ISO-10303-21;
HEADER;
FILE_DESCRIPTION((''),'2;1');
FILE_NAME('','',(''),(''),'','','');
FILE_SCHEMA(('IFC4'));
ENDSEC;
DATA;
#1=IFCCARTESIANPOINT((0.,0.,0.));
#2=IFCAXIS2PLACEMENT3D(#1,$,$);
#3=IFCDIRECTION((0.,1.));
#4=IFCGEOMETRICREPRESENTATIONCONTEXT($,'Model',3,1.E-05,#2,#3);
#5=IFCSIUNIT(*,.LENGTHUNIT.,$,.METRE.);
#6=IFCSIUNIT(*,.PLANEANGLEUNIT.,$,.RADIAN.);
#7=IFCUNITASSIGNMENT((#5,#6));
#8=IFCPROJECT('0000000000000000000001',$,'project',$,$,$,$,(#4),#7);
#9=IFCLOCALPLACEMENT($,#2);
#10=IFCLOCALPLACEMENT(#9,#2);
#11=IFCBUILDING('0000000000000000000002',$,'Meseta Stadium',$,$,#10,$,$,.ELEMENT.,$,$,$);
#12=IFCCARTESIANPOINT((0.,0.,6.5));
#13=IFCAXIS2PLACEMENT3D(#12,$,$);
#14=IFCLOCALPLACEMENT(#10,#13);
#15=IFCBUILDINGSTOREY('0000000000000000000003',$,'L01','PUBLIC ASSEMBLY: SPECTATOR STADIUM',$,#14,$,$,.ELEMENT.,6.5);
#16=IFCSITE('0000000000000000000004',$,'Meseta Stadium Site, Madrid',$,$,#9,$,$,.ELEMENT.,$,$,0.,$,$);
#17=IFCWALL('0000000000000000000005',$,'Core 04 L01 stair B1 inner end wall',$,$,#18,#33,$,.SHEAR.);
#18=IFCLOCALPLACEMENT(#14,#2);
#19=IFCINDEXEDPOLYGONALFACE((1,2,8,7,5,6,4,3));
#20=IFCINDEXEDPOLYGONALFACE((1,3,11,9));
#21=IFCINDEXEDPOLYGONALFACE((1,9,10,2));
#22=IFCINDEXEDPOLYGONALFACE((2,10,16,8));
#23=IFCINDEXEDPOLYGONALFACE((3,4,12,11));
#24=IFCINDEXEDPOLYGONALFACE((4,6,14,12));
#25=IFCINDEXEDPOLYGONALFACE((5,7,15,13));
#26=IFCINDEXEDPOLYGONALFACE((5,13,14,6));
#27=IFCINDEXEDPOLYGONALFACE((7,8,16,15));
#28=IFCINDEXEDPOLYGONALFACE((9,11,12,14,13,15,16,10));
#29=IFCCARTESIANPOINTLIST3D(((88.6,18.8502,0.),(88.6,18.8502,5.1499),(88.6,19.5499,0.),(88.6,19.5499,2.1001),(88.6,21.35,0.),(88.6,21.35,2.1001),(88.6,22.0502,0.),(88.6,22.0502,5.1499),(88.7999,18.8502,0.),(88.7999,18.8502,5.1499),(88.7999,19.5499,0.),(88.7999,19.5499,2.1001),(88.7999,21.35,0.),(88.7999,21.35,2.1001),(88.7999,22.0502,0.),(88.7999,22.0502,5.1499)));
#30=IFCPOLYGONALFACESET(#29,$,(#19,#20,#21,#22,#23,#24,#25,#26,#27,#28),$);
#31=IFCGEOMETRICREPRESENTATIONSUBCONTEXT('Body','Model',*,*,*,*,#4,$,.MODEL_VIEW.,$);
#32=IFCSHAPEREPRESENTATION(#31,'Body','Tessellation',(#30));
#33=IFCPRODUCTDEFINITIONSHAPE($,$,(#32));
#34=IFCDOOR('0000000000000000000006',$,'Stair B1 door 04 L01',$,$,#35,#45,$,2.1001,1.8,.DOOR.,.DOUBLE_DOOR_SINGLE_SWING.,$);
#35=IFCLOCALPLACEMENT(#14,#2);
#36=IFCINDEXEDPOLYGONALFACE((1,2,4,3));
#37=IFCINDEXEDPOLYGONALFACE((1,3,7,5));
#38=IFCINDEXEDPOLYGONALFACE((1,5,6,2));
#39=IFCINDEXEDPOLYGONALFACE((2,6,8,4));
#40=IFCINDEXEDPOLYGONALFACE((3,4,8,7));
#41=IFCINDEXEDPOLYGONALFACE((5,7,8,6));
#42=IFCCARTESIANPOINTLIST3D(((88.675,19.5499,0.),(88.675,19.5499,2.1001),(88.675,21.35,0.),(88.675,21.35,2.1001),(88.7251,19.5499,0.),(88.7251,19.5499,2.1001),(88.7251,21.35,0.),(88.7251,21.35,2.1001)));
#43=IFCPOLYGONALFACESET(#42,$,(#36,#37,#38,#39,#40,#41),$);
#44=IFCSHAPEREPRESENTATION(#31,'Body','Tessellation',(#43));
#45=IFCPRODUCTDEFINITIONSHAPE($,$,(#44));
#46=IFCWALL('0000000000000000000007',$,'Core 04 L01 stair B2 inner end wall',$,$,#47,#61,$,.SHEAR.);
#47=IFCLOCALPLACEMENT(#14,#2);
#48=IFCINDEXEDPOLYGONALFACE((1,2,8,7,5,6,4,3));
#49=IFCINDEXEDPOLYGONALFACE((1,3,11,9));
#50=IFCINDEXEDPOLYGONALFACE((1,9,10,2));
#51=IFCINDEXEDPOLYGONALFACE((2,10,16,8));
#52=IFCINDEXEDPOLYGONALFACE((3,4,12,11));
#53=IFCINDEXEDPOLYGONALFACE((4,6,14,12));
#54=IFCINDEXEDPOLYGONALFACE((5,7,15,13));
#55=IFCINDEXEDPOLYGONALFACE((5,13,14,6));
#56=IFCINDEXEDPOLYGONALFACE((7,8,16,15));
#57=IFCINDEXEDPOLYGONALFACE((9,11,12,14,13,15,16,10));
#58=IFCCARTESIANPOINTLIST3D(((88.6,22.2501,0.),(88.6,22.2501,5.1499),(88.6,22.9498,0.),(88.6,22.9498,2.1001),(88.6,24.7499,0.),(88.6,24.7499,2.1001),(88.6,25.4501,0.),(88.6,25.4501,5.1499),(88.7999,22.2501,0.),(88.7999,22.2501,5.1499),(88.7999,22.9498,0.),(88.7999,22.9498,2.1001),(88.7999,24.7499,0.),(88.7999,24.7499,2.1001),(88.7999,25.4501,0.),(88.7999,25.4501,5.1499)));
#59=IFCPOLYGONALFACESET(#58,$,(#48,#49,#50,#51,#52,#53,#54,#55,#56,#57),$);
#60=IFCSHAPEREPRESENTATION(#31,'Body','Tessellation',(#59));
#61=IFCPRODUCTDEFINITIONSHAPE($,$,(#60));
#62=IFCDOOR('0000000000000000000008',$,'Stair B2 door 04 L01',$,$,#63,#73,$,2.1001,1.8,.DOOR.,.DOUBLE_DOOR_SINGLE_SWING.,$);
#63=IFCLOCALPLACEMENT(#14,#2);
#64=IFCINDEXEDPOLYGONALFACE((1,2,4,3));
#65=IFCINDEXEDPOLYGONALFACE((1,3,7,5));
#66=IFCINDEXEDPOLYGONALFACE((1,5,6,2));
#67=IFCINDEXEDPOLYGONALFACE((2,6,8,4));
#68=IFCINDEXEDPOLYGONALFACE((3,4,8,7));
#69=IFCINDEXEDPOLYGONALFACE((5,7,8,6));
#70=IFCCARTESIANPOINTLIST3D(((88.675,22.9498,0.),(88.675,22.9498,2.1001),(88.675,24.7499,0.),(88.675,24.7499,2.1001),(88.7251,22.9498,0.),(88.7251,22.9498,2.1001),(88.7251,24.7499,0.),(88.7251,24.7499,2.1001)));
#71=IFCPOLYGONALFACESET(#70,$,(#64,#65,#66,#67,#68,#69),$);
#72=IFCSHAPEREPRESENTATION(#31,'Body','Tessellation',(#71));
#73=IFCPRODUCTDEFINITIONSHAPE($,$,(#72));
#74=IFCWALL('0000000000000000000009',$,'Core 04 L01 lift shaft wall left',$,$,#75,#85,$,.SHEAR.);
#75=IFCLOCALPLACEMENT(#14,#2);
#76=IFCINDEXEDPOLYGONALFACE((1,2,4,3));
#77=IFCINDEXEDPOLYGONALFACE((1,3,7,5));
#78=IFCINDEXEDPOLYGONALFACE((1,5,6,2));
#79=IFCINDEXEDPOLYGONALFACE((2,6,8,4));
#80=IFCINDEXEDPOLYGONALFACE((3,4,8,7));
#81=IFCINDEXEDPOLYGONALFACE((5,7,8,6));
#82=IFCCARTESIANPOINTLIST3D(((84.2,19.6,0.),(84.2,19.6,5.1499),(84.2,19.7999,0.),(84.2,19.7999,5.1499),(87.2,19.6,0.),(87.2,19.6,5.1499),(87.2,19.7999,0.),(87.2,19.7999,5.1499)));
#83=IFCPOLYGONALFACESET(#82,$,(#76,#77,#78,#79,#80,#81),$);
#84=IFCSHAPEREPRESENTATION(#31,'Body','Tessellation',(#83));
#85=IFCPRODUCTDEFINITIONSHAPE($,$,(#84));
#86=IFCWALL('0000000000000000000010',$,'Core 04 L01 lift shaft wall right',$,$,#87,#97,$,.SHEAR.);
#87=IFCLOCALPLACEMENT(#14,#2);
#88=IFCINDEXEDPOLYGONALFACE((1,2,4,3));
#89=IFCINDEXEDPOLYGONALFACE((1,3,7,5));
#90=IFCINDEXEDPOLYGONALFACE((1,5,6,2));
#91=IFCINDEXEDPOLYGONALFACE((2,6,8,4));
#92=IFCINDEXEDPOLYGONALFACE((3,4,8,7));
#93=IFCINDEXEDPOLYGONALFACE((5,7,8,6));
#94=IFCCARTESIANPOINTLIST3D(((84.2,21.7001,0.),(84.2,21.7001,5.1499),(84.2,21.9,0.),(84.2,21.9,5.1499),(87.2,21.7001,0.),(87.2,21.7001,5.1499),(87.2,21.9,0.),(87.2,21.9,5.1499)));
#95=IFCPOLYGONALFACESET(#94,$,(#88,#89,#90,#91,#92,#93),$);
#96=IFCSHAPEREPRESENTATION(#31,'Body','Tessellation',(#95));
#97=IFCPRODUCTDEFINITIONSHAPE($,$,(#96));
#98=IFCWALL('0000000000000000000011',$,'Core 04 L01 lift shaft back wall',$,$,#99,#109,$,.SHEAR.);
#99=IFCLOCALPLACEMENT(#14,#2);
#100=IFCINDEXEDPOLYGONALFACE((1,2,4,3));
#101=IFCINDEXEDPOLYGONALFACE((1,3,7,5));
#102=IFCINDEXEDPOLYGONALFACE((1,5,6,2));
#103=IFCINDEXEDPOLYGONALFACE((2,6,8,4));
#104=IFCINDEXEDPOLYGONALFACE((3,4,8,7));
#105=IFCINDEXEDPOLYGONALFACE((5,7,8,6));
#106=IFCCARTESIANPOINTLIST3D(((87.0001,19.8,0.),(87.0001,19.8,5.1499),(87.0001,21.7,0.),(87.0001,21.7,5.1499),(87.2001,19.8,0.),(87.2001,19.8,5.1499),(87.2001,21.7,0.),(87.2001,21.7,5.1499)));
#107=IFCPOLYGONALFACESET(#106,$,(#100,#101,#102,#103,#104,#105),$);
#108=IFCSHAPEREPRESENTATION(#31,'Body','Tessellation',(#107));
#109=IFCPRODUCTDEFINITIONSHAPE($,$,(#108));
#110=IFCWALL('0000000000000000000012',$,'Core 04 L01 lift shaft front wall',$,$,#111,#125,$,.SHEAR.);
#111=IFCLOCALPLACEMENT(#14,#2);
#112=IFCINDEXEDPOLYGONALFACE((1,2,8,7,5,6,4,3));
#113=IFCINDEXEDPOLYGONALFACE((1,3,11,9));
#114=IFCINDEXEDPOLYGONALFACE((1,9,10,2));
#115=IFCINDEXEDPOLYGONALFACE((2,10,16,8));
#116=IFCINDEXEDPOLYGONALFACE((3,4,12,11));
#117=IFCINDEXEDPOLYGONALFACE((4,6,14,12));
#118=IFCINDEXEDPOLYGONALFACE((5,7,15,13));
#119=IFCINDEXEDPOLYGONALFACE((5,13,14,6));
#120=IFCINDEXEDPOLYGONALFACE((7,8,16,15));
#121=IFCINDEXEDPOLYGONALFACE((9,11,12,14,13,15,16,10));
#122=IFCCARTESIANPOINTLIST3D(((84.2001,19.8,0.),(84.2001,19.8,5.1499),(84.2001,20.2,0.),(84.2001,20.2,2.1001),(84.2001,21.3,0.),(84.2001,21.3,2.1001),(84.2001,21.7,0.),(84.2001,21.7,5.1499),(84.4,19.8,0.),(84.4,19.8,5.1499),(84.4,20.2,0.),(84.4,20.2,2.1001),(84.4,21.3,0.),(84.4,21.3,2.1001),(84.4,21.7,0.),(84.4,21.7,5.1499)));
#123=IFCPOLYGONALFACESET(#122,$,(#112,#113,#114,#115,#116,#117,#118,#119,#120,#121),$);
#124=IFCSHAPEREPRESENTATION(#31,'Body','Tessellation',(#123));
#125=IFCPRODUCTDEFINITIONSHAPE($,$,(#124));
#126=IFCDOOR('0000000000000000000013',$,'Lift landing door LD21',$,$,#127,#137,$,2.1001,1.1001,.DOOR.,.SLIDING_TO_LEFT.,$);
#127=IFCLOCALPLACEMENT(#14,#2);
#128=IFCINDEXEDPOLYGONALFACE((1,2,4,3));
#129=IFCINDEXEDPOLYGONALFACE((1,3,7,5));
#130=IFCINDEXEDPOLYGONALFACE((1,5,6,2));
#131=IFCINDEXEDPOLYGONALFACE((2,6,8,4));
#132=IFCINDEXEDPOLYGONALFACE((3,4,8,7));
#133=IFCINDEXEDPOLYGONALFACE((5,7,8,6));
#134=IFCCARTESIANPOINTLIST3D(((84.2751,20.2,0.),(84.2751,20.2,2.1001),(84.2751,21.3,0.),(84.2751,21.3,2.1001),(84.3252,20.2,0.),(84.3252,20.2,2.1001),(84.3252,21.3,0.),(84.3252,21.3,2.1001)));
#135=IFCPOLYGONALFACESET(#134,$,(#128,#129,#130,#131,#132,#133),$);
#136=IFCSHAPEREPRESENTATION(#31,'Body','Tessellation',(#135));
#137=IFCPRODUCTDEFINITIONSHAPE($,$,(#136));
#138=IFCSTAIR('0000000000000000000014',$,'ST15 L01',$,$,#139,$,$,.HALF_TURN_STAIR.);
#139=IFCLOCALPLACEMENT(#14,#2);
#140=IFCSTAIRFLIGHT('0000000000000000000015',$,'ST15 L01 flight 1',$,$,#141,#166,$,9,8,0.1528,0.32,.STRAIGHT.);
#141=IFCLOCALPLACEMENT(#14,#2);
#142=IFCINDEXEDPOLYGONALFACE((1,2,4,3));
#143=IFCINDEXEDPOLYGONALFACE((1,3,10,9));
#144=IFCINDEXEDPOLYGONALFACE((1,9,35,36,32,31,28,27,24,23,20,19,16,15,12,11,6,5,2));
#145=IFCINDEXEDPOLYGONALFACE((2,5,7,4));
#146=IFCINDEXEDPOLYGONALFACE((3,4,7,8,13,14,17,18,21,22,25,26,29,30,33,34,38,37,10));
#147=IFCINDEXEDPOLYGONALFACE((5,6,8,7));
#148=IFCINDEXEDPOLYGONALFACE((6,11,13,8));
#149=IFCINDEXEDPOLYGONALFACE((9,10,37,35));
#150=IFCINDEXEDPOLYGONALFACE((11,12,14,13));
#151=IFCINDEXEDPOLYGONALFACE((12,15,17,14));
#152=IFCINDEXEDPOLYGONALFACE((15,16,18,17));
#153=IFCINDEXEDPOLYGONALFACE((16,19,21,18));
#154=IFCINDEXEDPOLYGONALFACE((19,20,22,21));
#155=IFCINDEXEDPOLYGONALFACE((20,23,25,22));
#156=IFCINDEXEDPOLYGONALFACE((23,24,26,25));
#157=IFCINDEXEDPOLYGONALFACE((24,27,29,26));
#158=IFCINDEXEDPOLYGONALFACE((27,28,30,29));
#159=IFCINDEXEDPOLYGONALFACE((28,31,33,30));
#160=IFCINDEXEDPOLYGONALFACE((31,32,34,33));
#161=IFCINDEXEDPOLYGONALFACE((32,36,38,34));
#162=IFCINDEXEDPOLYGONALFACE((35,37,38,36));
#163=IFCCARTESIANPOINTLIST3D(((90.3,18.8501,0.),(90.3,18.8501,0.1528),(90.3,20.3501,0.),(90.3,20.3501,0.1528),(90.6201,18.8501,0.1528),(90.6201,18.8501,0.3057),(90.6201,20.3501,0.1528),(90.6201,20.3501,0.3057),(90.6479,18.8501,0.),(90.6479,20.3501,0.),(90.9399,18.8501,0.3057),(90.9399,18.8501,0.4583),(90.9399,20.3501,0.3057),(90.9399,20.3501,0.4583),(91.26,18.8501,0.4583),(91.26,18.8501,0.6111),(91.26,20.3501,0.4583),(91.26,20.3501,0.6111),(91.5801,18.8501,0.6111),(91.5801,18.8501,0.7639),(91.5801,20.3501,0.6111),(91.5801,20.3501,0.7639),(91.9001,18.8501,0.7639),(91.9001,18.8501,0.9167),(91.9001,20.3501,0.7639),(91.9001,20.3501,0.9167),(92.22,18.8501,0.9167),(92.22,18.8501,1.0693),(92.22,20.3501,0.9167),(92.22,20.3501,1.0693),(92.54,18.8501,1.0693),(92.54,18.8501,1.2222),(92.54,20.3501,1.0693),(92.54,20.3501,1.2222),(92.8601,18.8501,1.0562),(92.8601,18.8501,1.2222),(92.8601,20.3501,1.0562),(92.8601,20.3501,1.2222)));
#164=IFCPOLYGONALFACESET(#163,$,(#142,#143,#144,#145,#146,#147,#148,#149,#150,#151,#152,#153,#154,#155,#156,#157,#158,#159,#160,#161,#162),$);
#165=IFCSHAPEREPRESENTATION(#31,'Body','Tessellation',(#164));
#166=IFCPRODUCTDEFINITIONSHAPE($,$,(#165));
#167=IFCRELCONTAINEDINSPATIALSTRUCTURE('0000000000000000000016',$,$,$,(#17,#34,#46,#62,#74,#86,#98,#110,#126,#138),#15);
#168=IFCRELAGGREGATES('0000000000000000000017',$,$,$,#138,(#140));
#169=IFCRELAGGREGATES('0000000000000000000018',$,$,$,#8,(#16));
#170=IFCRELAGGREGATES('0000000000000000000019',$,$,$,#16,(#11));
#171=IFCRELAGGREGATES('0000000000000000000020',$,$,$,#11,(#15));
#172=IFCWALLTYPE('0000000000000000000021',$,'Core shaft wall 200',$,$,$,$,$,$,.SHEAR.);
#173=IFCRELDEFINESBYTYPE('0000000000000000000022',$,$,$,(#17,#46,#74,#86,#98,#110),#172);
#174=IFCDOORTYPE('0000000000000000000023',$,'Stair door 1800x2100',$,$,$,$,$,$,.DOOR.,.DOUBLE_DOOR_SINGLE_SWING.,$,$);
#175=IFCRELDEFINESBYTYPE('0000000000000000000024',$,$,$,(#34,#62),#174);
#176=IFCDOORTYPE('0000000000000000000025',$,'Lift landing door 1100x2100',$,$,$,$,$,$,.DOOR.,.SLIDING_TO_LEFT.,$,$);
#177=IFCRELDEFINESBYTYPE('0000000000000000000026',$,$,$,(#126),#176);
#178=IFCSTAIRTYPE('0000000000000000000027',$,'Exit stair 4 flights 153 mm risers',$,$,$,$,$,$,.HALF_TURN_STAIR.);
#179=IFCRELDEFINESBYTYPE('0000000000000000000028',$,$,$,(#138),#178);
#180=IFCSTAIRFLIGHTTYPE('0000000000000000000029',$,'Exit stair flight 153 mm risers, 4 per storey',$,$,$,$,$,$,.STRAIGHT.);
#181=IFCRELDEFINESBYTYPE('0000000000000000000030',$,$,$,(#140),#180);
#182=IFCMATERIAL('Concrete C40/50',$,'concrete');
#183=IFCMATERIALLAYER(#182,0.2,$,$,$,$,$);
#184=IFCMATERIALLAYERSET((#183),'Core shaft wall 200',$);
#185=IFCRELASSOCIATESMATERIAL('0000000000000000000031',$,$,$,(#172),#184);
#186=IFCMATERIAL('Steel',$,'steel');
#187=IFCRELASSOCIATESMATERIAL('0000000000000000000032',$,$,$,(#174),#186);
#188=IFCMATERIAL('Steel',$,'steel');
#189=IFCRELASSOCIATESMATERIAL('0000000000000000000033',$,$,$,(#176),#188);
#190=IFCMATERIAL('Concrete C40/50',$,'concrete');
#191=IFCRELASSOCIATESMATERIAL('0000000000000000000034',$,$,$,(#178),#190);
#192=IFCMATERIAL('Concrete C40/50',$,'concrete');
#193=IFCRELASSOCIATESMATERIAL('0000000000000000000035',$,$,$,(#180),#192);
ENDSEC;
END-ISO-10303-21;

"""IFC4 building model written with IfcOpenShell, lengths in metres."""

from ifc_helpers import new_model, si_unit, direction, frame, frame_2d, origin, place, context, subcontext, project, spatial, polyline, rectangle, outline, extrude, material, layer, layer_set, type_object, element, fill, aggregate, save


model = new_model("IFC4")

# Units and contexts
model_context = context("Model", 3, precision=1e-05, world=origin(), true_north=direction((0.0, 1.0)))
body_context = subcontext(model_context, "Body", "Model", "MODEL_VIEW")
ifc_project = project(units=[si_unit("LENGTHUNIT", "METRE"), si_unit("PLANEANGLEUNIT", "RADIAN")], contexts=[model_context])

# Site, building, storey
site_placement = place(None, origin())
site = spatial("IfcSite", under=ifc_project, at=site_placement, Name="Meseta Stadium Site, Madrid", CompositionType="ELEMENT", RefElevation=0.0)
building_placement = place(site_placement, origin())
building = spatial("IfcBuilding", under=site, at=building_placement, Name="Meseta Stadium", CompositionType="ELEMENT")
storey_placement = place(building_placement, frame((0.0, 0.0, 6.5)))
storey = spatial("IfcBuildingStorey", under=building, at=storey_placement, Name="L01", Description="PUBLIC ASSEMBLY: SPECTATOR STADIUM", CompositionType="ELEMENT", Elevation=6.5)

# Walls, openings, doors
ifc_material_1 = material(Name="Concrete C40/50", Category="concrete")
ifc_layer = layer(ifc_material_1, 0.2)
ifc_layer_set = layer_set([ifc_layer], Name="Core shaft wall 200")
wall_type = type_object("IfcWallType", Name="Core shaft wall 200", PredefinedType="SHEAR", material=ifc_layer_set)
wall_1_placement = place(storey_placement, frame((88.7, 18.8501, 0.0), z_axis=(0.0, 0.0, 1.0), x_axis=(0.0, 1.0, 0.0)))
wall_1 = element("IfcWall", 1, at=wall_1_placement, inside=storey, type_object=wall_type, Name="Core 04 L01 stair B1 inner end wall", PredefinedType="SHEAR", context=body_context, shape_type="SweptSolid", body=[
    extrude(rectangle(XDim=3.2, YDim=0.2, at=frame_2d((1.6001, 0.0))), origin(), (0.0, 0.0, 1.0), 5.1499),
])
opening_1_placement = place(wall_1_placement, frame((0.7, 0.0, 0.0)))
opening_1 = element("IfcOpeningElement", 2, at=opening_1_placement, cuts=wall_1, PredefinedType="OPENING", context=body_context, shape_type="SweptSolid", body=[
    extrude(rectangle(XDim=1.8, YDim=2.1001, at=frame_2d((0.8999, 1.05))), frame((0.0, 0.1099, 0.0), z_axis=(0.0, -1.0, 0.0), x_axis=(1.0, 0.0, 0.0)), (0.0, 0.0, 1.0), 0.22),
])
ifc_material_2 = material(Name="Steel", Category="steel")
door_type_1 = type_object("IfcDoorType", Name="Stair door 1800x2100", OperationType="DOUBLE_DOOR_SINGLE_SWING", PredefinedType="DOOR", material=ifc_material_2)
door_1_placement = place(opening_1_placement, origin())
door_1 = element("IfcDoor", 3, at=door_1_placement, inside=storey, type_object=door_type_1, Name="Stair B1 door 04 L01", OperationType="DOUBLE_DOOR_SINGLE_SWING", OverallHeight=2.1001, OverallWidth=1.8, PredefinedType="DOOR", context=body_context, shape_type="SweptSolid", body=[
    extrude(rectangle(XDim=1.8, YDim=2.1001, at=frame_2d((0.8999, 1.05))), frame((0.0, 0.0249, 0.0), z_axis=(0.0, -1.0, 0.0), x_axis=(1.0, 0.0, 0.0)), (0.0, 0.0, 1.0), 0.05),
])
fill(opening_1, door_1)
wall_2_placement = place(storey_placement, frame((88.7, 22.25, 0.0), z_axis=(0.0, 0.0, 1.0), x_axis=(0.0, 1.0, 0.0)))
wall_2 = element("IfcWall", 4, at=wall_2_placement, inside=storey, type_object=wall_type, Name="Core 04 L01 stair B2 inner end wall", PredefinedType="SHEAR", context=body_context, shape_type="SweptSolid", body=[
    extrude(rectangle(XDim=3.2, YDim=0.2, at=frame_2d((1.6001, 0.0))), origin(), (0.0, 0.0, 1.0), 5.1499),
])
opening_2_placement = place(wall_2_placement, frame((0.7, 0.0, 0.0)))
opening_2 = element("IfcOpeningElement", 5, at=opening_2_placement, cuts=wall_2, PredefinedType="OPENING", context=body_context, shape_type="SweptSolid", body=[
    extrude(rectangle(XDim=1.8, YDim=2.1001, at=frame_2d((0.8999, 1.05))), frame((0.0, 0.1099, 0.0), z_axis=(0.0, -1.0, 0.0), x_axis=(1.0, 0.0, 0.0)), (0.0, 0.0, 1.0), 0.22),
])
door_2_placement = place(opening_2_placement, origin())
door_2 = element("IfcDoor", 6, at=door_2_placement, inside=storey, type_object=door_type_1, Name="Stair B2 door 04 L01", OperationType="DOUBLE_DOOR_SINGLE_SWING", OverallHeight=2.1001, OverallWidth=1.8, PredefinedType="DOOR", context=body_context, shape_type="SweptSolid", body=[
    extrude(rectangle(XDim=1.8, YDim=2.1001, at=frame_2d((0.8999, 1.05))), frame((0.0, 0.0249, 0.0), z_axis=(0.0, -1.0, 0.0), x_axis=(1.0, 0.0, 0.0)), (0.0, 0.0, 1.0), 0.05),
])
fill(opening_2, door_2)

# Walls
for number, where, z_axis, x_axis, name in (
    (7, (87.2, 19.7, 0.0), (0.0, 0.0, 1.0), (-1.0, 0.0, 0.0), "Core 04 L01 lift shaft wall left"),
    (8, (87.2, 21.8, 0.0), (0.0, 0.0, 1.0), (-1.0, 0.0, 0.0), "Core 04 L01 lift shaft wall right"),
):
    element("IfcWall", number, at=place(storey_placement, frame(where, z_axis=z_axis, x_axis=x_axis)), inside=storey, type_object=wall_type, Name=name, PredefinedType="SHEAR", context=body_context, shape_type="SweptSolid", body=[
        extrude(rectangle(XDim=3.0, YDim=0.2, at=frame_2d((1.5, 0.0))), origin(), (0.0, 0.0, 1.0), 5.1499),
    ])
wall_3_placement = place(storey_placement, frame((87.1001, 19.8, 0.0), z_axis=(0.0, 0.0, 1.0), x_axis=(0.0, 1.0, 0.0)))
element("IfcWall", 9, at=wall_3_placement, inside=storey, type_object=wall_type, Name="Core 04 L01 lift shaft back wall", PredefinedType="SHEAR", context=body_context, shape_type="SweptSolid", body=[
    extrude(rectangle(XDim=1.8999, YDim=0.2, at=frame_2d((0.95, 0.0))), origin(), (0.0, 0.0, 1.0), 5.1499),
])

# Wall, opening, door
wall_4_placement = place(storey_placement, frame((84.3, 19.8, 0.0), z_axis=(0.0, 0.0, 1.0), x_axis=(0.0, 1.0, 0.0)))
wall_4 = element("IfcWall", 10, at=wall_4_placement, inside=storey, type_object=wall_type, Name="Core 04 L01 lift shaft front wall", PredefinedType="SHEAR", context=body_context, shape_type="SweptSolid", body=[
    extrude(rectangle(XDim=1.8999, YDim=0.2, at=frame_2d((0.95, 0.0))), origin(), (0.0, 0.0, 1.0), 5.1499),
])
opening_3_placement = place(wall_4_placement, frame((0.3999, 0.0, 0.0)))
opening_3 = element("IfcOpeningElement", 11, at=opening_3_placement, cuts=wall_4, PredefinedType="OPENING", context=body_context, shape_type="SweptSolid", body=[
    extrude(rectangle(XDim=1.1001, YDim=2.1001, at=frame_2d((0.55, 1.05))), frame((0.0, 0.1099, 0.0), z_axis=(0.0, -1.0, 0.0), x_axis=(1.0, 0.0, 0.0)), (0.0, 0.0, 1.0), 0.22),
])
ifc_material_3 = material(Name="Steel", Category="steel")
door_type_2 = type_object("IfcDoorType", Name="Lift landing door 1100x2100", OperationType="SLIDING_TO_LEFT", PredefinedType="DOOR", material=ifc_material_3)
door_3_placement = place(opening_3_placement, origin())
door_3 = element("IfcDoor", 12, at=door_3_placement, inside=storey, type_object=door_type_2, Name="Lift landing door LD21", OperationType="SLIDING_TO_LEFT", OverallHeight=2.1001, OverallWidth=1.1001, PredefinedType="DOOR", context=body_context, shape_type="SweptSolid", body=[
    extrude(rectangle(XDim=1.1001, YDim=2.1001, at=frame_2d((0.55, 1.05))), frame((0.0, 0.0249, 0.0), z_axis=(0.0, -1.0, 0.0), x_axis=(1.0, 0.0, 0.0)), (0.0, 0.0, 1.0), 0.05),
])
fill(opening_3, door_3)

# Stair, stair flight
ifc_material_4 = material(Name="Concrete C40/50", Category="concrete")
stair_type = type_object("IfcStairType", Name="Exit stair 4 flights 153 mm risers", PredefinedType="HALF_TURN_STAIR", material=ifc_material_4)
stair_placement = place(storey_placement, origin())
stair = element("IfcStair", 13, at=stair_placement, inside=storey, type_object=stair_type, Name="ST15 L01", PredefinedType="HALF_TURN_STAIR")
ifc_material_5 = material(Name="Concrete C40/50", Category="concrete")
stair_flight_type = type_object("IfcStairFlightType", Name="Exit stair flight 153 mm risers, 4 per storey", PredefinedType="STRAIGHT", material=ifc_material_5)
stair_flight_1_placement = place(storey_placement, frame((90.3, 19.6001, 0.0), z_axis=(0.0, 0.0, 1.0), x_axis=(1.0, 0.0, 0.0)))
stair_flight_1 = element("IfcStairFlight", 14, at=stair_flight_1_placement, type_object=stair_flight_type, Name="ST15 L01 flight 1", NumberOfRisers=9, NumberOfTreads=8, PredefinedType="STRAIGHT", RiserHeight=0.1528, TreadLength=0.32, context=body_context, shape_type="SweptSolid", body=[
    extrude(outline(polyline([(0.0, 0.0), (0.0, 0.1528), (0.3201, 0.1528), (0.3201, 0.3057), (0.6399, 0.3057), (0.6399, 0.4583), (0.96, 0.4583), (0.96, 0.6111), (1.28, 0.6111), (1.28, 0.7639), (1.6001, 0.7639), (1.6001, 0.9167), (1.9199, 0.9167), (1.9199, 1.0693), (2.24, 1.0693), (2.24, 1.2222), (2.5601, 1.2222), (2.5601, 1.0562), (0.3479, 0.0), (0.0, 0.0)])), frame((0.0, 0.75, 0.0), z_axis=(0.0, -1.0, 0.0), x_axis=(1.0, 0.0, 0.0)), (0.0, 0.0, 1.0), 1.5),
])
aggregate(stair, [stair_flight_1])

save(model, "model.ifc")
